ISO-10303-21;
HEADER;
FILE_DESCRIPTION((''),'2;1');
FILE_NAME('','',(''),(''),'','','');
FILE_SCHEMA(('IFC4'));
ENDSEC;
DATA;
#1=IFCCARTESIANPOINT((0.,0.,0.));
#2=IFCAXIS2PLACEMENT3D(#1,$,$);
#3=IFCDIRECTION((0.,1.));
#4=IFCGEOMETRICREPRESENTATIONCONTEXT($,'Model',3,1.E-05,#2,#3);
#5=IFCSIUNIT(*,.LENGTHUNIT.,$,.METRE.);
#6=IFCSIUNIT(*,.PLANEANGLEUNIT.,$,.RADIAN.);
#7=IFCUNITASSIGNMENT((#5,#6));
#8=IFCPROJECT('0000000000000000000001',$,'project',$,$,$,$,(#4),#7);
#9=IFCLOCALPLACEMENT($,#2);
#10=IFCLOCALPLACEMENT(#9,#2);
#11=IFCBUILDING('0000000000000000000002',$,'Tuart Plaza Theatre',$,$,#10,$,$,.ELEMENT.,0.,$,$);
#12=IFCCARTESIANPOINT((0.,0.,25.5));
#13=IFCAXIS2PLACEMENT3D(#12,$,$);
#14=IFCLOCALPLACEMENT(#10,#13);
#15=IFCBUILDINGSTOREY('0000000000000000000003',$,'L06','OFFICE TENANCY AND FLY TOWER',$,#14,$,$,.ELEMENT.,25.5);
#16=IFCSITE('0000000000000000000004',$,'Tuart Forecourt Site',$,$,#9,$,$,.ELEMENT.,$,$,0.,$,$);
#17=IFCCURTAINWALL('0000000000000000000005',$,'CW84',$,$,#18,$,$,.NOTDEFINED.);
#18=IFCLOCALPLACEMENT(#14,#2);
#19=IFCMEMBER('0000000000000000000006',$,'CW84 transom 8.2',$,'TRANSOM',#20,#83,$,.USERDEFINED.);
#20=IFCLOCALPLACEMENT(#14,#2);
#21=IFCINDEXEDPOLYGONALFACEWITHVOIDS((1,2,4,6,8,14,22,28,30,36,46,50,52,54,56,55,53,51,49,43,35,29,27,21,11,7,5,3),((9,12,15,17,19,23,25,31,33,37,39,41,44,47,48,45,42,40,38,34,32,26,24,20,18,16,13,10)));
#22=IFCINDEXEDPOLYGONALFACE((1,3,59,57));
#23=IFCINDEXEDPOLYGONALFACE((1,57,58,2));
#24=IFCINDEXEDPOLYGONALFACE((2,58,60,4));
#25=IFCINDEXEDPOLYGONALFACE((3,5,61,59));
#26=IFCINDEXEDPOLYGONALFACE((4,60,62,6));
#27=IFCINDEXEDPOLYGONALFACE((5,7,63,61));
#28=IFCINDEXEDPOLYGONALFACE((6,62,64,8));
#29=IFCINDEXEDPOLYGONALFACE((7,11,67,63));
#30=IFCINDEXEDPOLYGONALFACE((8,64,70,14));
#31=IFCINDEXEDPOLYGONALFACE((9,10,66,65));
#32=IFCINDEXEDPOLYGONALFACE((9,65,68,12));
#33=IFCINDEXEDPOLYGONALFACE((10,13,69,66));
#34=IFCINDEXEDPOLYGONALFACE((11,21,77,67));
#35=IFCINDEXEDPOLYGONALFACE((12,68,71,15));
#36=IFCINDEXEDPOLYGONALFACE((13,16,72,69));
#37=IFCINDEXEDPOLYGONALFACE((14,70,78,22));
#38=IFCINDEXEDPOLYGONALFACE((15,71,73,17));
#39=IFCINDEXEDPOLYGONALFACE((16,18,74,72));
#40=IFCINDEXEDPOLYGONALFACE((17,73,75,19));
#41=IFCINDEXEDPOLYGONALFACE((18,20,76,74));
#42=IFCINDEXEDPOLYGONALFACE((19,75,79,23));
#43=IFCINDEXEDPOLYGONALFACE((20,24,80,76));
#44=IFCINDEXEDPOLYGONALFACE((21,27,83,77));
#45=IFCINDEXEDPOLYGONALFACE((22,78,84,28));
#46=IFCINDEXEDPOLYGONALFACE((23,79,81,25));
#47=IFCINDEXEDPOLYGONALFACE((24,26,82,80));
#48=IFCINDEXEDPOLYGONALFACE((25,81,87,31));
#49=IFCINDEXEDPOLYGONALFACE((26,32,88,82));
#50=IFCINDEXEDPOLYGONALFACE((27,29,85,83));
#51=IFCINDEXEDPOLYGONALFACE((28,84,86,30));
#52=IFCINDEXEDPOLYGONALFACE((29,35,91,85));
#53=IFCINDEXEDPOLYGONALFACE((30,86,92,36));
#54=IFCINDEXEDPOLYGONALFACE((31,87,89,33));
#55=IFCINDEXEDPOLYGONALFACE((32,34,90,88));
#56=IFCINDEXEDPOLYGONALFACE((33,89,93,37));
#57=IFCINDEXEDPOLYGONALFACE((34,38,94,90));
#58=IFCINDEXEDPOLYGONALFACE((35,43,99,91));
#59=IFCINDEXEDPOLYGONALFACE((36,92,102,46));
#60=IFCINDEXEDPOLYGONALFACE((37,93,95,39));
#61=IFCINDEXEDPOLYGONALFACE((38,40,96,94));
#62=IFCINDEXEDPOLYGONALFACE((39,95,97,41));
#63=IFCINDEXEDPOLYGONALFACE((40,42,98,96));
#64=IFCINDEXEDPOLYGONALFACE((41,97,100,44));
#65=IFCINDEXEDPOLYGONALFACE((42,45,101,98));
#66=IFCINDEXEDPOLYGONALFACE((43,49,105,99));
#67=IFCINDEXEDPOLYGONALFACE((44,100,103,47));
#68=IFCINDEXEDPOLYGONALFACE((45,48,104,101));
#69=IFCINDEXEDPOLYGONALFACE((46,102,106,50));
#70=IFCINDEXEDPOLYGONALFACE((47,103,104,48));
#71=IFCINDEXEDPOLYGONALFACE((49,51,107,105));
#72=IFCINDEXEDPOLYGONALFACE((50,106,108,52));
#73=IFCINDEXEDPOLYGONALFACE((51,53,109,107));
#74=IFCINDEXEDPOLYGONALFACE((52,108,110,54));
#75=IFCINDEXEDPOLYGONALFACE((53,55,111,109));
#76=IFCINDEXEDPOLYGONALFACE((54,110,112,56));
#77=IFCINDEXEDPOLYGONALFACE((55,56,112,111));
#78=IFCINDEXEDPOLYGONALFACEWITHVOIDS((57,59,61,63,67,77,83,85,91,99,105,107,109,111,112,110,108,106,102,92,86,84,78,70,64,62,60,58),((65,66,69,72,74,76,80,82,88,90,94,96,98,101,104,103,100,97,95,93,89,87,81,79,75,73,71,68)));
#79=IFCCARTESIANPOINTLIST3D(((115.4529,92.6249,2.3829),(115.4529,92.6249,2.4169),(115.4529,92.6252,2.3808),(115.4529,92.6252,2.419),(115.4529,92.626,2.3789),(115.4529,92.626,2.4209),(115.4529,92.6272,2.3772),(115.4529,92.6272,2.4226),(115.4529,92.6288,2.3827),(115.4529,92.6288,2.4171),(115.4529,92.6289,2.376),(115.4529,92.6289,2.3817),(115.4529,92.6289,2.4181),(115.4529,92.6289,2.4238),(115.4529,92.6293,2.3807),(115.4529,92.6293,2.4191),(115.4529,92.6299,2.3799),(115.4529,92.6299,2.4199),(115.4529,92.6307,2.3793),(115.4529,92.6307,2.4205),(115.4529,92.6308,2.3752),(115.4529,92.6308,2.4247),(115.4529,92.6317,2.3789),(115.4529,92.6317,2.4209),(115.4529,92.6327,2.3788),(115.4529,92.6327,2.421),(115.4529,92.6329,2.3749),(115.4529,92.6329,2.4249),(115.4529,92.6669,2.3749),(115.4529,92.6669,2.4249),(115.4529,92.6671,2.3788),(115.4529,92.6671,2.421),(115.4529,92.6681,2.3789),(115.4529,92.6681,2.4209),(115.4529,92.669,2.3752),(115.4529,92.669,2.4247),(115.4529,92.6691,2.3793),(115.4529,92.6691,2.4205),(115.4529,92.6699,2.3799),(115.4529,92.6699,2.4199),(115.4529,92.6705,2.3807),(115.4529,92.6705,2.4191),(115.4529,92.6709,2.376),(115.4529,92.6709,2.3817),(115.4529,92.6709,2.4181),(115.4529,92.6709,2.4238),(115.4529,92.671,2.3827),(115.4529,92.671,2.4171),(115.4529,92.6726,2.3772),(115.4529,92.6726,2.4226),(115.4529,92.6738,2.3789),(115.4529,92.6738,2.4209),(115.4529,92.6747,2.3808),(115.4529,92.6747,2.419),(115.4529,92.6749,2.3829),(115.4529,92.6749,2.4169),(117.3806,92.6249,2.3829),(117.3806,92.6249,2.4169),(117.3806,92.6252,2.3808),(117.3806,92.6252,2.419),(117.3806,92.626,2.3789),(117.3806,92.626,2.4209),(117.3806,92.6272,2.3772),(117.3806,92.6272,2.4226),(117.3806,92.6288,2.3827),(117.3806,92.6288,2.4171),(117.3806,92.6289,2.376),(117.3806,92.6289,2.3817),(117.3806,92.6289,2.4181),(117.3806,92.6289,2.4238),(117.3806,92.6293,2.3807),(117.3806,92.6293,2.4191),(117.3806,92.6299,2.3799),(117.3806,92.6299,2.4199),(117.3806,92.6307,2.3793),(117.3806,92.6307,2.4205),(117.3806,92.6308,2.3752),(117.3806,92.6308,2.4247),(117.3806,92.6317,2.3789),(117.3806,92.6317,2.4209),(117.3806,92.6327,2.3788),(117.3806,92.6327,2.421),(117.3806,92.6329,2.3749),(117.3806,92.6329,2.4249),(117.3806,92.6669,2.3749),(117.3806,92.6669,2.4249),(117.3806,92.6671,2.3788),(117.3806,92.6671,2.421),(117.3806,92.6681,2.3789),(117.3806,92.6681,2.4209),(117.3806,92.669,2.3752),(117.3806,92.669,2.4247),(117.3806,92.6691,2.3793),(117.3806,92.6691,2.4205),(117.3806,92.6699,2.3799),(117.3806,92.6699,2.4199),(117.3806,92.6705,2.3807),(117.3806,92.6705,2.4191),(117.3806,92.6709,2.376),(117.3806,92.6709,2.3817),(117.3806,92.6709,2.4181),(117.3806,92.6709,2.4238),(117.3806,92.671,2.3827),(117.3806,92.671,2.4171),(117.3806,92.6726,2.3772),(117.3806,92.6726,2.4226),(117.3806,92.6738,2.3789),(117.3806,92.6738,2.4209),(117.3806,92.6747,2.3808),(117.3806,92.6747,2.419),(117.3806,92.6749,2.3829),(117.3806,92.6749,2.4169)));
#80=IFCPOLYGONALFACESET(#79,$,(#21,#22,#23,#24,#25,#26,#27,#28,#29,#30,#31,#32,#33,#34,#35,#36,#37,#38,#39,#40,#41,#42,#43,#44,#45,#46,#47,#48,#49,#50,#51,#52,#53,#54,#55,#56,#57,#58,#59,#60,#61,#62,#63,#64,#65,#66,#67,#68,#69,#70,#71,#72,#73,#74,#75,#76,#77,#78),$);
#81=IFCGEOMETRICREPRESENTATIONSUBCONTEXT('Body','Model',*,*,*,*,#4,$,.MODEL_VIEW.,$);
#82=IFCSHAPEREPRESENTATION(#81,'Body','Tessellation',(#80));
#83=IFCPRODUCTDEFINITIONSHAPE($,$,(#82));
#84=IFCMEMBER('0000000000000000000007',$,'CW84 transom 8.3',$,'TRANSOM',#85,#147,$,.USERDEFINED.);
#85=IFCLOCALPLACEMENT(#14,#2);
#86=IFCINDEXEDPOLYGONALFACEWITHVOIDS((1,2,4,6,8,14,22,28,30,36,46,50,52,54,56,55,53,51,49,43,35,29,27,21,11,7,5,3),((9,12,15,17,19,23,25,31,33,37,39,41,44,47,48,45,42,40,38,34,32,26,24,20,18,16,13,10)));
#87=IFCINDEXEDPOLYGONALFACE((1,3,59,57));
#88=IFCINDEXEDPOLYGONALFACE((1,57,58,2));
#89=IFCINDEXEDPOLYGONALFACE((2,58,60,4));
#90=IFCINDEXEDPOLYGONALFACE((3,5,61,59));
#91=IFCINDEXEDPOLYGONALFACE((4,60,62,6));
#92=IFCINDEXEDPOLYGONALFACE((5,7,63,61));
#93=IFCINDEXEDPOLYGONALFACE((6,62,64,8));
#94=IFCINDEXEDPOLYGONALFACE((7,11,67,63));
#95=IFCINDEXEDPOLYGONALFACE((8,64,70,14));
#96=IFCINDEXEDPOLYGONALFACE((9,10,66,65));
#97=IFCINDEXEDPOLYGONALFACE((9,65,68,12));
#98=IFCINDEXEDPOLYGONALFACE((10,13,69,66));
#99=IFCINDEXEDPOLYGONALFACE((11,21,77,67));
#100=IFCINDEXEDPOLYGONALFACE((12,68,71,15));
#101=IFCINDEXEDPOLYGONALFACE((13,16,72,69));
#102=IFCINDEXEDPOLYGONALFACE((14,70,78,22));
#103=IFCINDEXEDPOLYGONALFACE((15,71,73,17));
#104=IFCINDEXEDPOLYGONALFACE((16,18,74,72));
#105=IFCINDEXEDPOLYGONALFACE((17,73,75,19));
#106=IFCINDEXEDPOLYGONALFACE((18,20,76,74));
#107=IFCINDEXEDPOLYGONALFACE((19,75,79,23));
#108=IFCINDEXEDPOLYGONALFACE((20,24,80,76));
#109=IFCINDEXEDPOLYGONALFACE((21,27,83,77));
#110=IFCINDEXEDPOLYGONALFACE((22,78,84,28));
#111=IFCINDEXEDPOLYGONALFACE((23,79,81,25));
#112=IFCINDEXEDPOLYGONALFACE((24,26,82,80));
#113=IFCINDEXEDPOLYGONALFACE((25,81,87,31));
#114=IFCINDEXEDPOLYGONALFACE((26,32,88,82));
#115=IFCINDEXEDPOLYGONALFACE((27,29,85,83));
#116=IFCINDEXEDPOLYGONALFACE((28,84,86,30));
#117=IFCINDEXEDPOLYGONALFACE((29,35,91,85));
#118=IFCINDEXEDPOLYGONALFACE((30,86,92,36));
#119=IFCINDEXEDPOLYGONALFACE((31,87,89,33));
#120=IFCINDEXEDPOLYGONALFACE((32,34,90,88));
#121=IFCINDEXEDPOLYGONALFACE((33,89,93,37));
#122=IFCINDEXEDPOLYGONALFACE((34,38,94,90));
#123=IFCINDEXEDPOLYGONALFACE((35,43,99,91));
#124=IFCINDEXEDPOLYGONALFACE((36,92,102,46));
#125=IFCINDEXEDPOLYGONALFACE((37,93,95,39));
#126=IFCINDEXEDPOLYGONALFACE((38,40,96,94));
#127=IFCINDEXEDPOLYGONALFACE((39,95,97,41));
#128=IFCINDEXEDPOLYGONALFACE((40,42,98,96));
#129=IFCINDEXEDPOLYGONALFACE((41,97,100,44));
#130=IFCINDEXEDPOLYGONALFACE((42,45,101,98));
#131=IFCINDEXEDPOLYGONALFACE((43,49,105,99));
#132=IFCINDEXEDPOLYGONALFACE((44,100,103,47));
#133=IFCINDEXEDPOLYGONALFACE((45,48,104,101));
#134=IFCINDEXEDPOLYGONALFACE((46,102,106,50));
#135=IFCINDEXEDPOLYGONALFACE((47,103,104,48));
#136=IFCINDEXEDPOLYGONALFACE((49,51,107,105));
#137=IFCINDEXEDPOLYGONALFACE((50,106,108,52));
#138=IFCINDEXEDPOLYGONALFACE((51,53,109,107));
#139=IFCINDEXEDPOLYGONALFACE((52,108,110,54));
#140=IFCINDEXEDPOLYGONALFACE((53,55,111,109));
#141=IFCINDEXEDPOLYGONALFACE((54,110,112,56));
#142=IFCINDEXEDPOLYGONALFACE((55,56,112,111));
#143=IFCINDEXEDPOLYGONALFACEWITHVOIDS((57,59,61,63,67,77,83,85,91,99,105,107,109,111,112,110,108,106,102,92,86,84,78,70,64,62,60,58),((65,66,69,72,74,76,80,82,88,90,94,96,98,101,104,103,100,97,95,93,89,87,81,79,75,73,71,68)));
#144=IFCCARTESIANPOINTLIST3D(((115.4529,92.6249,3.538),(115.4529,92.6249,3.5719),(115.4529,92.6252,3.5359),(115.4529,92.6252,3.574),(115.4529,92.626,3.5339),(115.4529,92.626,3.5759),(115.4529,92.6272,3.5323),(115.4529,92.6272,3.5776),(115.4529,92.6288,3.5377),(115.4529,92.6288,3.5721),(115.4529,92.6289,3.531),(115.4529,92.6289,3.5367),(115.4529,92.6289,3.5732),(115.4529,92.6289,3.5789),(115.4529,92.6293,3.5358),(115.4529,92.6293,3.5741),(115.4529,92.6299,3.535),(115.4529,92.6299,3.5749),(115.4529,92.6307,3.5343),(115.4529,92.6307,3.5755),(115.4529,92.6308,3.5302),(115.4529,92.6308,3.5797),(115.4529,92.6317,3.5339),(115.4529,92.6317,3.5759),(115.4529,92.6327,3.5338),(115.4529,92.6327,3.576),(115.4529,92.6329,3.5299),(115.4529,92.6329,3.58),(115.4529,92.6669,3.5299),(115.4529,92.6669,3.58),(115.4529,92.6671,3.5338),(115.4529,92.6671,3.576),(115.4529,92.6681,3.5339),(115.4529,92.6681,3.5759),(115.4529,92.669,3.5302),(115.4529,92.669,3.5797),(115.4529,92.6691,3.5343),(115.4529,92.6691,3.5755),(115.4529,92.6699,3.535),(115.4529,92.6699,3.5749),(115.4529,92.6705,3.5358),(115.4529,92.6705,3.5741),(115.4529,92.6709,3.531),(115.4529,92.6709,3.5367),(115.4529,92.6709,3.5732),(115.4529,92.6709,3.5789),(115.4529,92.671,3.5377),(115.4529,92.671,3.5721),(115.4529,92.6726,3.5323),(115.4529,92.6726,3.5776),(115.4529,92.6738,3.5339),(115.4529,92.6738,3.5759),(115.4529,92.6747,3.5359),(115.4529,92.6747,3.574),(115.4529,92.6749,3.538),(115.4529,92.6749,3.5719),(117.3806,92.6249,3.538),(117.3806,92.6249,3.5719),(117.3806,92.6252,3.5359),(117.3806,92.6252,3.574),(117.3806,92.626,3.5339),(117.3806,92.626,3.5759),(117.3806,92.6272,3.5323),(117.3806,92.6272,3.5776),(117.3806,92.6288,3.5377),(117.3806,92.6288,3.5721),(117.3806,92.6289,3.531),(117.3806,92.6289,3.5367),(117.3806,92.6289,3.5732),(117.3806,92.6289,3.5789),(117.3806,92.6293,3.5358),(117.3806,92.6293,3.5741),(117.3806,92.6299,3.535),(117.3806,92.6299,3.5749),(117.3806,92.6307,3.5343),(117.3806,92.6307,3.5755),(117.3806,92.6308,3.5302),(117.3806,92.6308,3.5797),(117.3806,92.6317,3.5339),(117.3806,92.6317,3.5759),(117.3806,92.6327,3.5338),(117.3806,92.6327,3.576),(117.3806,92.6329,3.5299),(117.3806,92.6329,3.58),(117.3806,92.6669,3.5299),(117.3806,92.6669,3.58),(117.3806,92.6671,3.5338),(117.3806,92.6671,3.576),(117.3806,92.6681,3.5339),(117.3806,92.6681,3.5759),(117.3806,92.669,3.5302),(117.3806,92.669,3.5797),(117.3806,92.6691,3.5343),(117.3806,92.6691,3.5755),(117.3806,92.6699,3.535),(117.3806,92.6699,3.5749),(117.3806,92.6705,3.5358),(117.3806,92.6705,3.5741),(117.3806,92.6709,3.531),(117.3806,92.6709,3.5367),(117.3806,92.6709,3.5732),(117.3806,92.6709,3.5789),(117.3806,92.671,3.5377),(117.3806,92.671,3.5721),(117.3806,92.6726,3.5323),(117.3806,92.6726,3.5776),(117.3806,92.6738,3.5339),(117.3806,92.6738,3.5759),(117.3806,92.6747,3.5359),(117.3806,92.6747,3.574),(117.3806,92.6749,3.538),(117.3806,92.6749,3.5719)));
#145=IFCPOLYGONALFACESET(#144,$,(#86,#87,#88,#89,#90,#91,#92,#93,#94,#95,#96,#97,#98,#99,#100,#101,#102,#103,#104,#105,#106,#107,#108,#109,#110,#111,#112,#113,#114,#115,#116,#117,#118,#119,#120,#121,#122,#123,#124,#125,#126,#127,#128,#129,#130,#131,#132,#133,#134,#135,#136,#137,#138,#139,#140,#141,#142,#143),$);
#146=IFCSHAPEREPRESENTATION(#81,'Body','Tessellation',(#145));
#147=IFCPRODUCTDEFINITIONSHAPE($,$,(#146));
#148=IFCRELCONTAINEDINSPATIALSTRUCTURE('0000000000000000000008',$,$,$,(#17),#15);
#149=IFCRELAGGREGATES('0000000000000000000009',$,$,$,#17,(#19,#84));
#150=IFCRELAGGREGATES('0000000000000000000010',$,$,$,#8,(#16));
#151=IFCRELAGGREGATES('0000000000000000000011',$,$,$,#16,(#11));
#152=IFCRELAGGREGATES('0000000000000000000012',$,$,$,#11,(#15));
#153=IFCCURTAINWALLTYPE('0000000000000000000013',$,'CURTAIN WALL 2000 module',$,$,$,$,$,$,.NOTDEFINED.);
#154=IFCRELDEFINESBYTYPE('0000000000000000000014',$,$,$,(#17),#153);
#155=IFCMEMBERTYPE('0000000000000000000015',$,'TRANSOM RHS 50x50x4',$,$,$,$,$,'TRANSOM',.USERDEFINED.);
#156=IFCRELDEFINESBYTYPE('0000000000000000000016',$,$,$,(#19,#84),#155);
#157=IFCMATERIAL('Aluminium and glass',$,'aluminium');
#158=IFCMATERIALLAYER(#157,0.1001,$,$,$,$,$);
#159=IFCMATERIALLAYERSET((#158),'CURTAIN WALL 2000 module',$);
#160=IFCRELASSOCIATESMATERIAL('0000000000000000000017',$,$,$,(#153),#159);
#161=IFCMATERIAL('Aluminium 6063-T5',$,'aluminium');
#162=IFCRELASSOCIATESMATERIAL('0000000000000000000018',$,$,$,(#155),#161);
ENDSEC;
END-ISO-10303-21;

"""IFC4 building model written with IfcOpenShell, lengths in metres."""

from ifc_helpers import new_model, si_unit, direction, frame, origin, origin_2d, place, context, subcontext, project, spatial, hollow_rectangle, extrude, material, layer, layer_set, material_profile, profile_set, type_object, element, aggregate, save


model = new_model("IFC4")

# Units and contexts
model_context = context("Model", 3, precision=1e-05, world=origin(), true_north=direction((0.0, 1.0)))
body_context = subcontext(model_context, "Body", "Model", "MODEL_VIEW")
ifc_project = project(units=[si_unit("LENGTHUNIT", "METRE"), si_unit("PLANEANGLEUNIT", "RADIAN")], contexts=[model_context])

# Site, building, storey
site_placement = place(None, origin())
site = spatial("IfcSite", under=ifc_project, at=site_placement, Name="Tuart Forecourt Site", CompositionType="ELEMENT", RefElevation=0.0)
building_placement = place(site_placement, origin())
building = spatial("IfcBuilding", under=site, at=building_placement, Name="Tuart Plaza Theatre", CompositionType="ELEMENT", ElevationOfRefHeight=0.0)
storey_placement = place(building_placement, frame((0.0, 0.0, 25.5)))
storey = spatial("IfcBuildingStorey", under=building, at=storey_placement, Name="L06", Description="OFFICE TENANCY AND FLY TOWER", CompositionType="ELEMENT", Elevation=25.5)

# Curtain wall, members
ifc_material_1 = material(Name="Aluminium and glass", Category="aluminium")
ifc_layer_1 = layer(ifc_material_1, 0.1001)
ifc_layer_set_1 = layer_set([ifc_layer_1], Name="CURTAIN WALL 2000 module")
curtain_wall_type = type_object("IfcCurtainWallType", Name="CURTAIN WALL 2000 module", PredefinedType="NOTDEFINED", material=ifc_layer_set_1)
curtain_wall_1_placement = place(storey_placement, origin())
curtain_wall_1 = element("IfcCurtainWall", 1, at=curtain_wall_1_placement, inside=storey, type_object=curtain_wall_type, Name="CW84", PredefinedType="NOTDEFINED")
ifc_material_2 = material(Name="Aluminium 6063-T5", Category="aluminium")
ifc_material_profile_1 = material_profile(ifc_material_2, hollow_rectangle(XDim=0.05, YDim=0.05, WallThickness=0.0039, InnerFilletRadius=0.0039, OuterFilletRadius=0.0081, at=origin_2d()), Name="RHS 50x50x4")
ifc_profile_set_1 = profile_set([ifc_material_profile_1], Name="Aluminium 6063-T5")
member_type_1 = type_object("IfcMemberType", Name="TRANSOM RHS 50x50x4", ElementType="TRANSOM", PredefinedType="USERDEFINED", material=ifc_profile_set_1)
member_1_placement = place(storey_placement, frame((117.3806, 92.6499, 2.3999), z_axis=(-1.0, 0.0, 0.0), x_axis=(0.0, -1.0, 0.0)))
member_1 = element("IfcMember", 2, at=member_1_placement, type_object=member_type_1, Name="CW84 transom 8.2", ObjectType="TRANSOM", PredefinedType="USERDEFINED", context=body_context, shape_type="SweptSolid", body=[
    extrude(hollow_rectangle(XDim=0.05, YDim=0.05, WallThickness=0.0039, InnerFilletRadius=0.0039, OuterFilletRadius=0.0081, at=origin_2d()), origin(), (0.0, 0.0, 1.0), 1.9277),
])
member_2_placement = place(storey_placement, frame((117.3806, 92.6499, 3.5549), z_axis=(-1.0, 0.0, 0.0), x_axis=(0.0, -1.0, 0.0)))
member_2 = element("IfcMember", 3, at=member_2_placement, type_object=member_type_1, Name="CW84 transom 8.3", ObjectType="TRANSOM", PredefinedType="USERDEFINED", context=body_context, shape_type="SweptSolid", body=[
    extrude(hollow_rectangle(XDim=0.05, YDim=0.05, WallThickness=0.0039, InnerFilletRadius=0.0039, OuterFilletRadius=0.0081, at=origin_2d()), origin(), (0.0, 0.0, 1.0), 1.9277),
])

aggregate(curtain_wall_1, [member_1, member_2])

save(model, "model.ifc")
